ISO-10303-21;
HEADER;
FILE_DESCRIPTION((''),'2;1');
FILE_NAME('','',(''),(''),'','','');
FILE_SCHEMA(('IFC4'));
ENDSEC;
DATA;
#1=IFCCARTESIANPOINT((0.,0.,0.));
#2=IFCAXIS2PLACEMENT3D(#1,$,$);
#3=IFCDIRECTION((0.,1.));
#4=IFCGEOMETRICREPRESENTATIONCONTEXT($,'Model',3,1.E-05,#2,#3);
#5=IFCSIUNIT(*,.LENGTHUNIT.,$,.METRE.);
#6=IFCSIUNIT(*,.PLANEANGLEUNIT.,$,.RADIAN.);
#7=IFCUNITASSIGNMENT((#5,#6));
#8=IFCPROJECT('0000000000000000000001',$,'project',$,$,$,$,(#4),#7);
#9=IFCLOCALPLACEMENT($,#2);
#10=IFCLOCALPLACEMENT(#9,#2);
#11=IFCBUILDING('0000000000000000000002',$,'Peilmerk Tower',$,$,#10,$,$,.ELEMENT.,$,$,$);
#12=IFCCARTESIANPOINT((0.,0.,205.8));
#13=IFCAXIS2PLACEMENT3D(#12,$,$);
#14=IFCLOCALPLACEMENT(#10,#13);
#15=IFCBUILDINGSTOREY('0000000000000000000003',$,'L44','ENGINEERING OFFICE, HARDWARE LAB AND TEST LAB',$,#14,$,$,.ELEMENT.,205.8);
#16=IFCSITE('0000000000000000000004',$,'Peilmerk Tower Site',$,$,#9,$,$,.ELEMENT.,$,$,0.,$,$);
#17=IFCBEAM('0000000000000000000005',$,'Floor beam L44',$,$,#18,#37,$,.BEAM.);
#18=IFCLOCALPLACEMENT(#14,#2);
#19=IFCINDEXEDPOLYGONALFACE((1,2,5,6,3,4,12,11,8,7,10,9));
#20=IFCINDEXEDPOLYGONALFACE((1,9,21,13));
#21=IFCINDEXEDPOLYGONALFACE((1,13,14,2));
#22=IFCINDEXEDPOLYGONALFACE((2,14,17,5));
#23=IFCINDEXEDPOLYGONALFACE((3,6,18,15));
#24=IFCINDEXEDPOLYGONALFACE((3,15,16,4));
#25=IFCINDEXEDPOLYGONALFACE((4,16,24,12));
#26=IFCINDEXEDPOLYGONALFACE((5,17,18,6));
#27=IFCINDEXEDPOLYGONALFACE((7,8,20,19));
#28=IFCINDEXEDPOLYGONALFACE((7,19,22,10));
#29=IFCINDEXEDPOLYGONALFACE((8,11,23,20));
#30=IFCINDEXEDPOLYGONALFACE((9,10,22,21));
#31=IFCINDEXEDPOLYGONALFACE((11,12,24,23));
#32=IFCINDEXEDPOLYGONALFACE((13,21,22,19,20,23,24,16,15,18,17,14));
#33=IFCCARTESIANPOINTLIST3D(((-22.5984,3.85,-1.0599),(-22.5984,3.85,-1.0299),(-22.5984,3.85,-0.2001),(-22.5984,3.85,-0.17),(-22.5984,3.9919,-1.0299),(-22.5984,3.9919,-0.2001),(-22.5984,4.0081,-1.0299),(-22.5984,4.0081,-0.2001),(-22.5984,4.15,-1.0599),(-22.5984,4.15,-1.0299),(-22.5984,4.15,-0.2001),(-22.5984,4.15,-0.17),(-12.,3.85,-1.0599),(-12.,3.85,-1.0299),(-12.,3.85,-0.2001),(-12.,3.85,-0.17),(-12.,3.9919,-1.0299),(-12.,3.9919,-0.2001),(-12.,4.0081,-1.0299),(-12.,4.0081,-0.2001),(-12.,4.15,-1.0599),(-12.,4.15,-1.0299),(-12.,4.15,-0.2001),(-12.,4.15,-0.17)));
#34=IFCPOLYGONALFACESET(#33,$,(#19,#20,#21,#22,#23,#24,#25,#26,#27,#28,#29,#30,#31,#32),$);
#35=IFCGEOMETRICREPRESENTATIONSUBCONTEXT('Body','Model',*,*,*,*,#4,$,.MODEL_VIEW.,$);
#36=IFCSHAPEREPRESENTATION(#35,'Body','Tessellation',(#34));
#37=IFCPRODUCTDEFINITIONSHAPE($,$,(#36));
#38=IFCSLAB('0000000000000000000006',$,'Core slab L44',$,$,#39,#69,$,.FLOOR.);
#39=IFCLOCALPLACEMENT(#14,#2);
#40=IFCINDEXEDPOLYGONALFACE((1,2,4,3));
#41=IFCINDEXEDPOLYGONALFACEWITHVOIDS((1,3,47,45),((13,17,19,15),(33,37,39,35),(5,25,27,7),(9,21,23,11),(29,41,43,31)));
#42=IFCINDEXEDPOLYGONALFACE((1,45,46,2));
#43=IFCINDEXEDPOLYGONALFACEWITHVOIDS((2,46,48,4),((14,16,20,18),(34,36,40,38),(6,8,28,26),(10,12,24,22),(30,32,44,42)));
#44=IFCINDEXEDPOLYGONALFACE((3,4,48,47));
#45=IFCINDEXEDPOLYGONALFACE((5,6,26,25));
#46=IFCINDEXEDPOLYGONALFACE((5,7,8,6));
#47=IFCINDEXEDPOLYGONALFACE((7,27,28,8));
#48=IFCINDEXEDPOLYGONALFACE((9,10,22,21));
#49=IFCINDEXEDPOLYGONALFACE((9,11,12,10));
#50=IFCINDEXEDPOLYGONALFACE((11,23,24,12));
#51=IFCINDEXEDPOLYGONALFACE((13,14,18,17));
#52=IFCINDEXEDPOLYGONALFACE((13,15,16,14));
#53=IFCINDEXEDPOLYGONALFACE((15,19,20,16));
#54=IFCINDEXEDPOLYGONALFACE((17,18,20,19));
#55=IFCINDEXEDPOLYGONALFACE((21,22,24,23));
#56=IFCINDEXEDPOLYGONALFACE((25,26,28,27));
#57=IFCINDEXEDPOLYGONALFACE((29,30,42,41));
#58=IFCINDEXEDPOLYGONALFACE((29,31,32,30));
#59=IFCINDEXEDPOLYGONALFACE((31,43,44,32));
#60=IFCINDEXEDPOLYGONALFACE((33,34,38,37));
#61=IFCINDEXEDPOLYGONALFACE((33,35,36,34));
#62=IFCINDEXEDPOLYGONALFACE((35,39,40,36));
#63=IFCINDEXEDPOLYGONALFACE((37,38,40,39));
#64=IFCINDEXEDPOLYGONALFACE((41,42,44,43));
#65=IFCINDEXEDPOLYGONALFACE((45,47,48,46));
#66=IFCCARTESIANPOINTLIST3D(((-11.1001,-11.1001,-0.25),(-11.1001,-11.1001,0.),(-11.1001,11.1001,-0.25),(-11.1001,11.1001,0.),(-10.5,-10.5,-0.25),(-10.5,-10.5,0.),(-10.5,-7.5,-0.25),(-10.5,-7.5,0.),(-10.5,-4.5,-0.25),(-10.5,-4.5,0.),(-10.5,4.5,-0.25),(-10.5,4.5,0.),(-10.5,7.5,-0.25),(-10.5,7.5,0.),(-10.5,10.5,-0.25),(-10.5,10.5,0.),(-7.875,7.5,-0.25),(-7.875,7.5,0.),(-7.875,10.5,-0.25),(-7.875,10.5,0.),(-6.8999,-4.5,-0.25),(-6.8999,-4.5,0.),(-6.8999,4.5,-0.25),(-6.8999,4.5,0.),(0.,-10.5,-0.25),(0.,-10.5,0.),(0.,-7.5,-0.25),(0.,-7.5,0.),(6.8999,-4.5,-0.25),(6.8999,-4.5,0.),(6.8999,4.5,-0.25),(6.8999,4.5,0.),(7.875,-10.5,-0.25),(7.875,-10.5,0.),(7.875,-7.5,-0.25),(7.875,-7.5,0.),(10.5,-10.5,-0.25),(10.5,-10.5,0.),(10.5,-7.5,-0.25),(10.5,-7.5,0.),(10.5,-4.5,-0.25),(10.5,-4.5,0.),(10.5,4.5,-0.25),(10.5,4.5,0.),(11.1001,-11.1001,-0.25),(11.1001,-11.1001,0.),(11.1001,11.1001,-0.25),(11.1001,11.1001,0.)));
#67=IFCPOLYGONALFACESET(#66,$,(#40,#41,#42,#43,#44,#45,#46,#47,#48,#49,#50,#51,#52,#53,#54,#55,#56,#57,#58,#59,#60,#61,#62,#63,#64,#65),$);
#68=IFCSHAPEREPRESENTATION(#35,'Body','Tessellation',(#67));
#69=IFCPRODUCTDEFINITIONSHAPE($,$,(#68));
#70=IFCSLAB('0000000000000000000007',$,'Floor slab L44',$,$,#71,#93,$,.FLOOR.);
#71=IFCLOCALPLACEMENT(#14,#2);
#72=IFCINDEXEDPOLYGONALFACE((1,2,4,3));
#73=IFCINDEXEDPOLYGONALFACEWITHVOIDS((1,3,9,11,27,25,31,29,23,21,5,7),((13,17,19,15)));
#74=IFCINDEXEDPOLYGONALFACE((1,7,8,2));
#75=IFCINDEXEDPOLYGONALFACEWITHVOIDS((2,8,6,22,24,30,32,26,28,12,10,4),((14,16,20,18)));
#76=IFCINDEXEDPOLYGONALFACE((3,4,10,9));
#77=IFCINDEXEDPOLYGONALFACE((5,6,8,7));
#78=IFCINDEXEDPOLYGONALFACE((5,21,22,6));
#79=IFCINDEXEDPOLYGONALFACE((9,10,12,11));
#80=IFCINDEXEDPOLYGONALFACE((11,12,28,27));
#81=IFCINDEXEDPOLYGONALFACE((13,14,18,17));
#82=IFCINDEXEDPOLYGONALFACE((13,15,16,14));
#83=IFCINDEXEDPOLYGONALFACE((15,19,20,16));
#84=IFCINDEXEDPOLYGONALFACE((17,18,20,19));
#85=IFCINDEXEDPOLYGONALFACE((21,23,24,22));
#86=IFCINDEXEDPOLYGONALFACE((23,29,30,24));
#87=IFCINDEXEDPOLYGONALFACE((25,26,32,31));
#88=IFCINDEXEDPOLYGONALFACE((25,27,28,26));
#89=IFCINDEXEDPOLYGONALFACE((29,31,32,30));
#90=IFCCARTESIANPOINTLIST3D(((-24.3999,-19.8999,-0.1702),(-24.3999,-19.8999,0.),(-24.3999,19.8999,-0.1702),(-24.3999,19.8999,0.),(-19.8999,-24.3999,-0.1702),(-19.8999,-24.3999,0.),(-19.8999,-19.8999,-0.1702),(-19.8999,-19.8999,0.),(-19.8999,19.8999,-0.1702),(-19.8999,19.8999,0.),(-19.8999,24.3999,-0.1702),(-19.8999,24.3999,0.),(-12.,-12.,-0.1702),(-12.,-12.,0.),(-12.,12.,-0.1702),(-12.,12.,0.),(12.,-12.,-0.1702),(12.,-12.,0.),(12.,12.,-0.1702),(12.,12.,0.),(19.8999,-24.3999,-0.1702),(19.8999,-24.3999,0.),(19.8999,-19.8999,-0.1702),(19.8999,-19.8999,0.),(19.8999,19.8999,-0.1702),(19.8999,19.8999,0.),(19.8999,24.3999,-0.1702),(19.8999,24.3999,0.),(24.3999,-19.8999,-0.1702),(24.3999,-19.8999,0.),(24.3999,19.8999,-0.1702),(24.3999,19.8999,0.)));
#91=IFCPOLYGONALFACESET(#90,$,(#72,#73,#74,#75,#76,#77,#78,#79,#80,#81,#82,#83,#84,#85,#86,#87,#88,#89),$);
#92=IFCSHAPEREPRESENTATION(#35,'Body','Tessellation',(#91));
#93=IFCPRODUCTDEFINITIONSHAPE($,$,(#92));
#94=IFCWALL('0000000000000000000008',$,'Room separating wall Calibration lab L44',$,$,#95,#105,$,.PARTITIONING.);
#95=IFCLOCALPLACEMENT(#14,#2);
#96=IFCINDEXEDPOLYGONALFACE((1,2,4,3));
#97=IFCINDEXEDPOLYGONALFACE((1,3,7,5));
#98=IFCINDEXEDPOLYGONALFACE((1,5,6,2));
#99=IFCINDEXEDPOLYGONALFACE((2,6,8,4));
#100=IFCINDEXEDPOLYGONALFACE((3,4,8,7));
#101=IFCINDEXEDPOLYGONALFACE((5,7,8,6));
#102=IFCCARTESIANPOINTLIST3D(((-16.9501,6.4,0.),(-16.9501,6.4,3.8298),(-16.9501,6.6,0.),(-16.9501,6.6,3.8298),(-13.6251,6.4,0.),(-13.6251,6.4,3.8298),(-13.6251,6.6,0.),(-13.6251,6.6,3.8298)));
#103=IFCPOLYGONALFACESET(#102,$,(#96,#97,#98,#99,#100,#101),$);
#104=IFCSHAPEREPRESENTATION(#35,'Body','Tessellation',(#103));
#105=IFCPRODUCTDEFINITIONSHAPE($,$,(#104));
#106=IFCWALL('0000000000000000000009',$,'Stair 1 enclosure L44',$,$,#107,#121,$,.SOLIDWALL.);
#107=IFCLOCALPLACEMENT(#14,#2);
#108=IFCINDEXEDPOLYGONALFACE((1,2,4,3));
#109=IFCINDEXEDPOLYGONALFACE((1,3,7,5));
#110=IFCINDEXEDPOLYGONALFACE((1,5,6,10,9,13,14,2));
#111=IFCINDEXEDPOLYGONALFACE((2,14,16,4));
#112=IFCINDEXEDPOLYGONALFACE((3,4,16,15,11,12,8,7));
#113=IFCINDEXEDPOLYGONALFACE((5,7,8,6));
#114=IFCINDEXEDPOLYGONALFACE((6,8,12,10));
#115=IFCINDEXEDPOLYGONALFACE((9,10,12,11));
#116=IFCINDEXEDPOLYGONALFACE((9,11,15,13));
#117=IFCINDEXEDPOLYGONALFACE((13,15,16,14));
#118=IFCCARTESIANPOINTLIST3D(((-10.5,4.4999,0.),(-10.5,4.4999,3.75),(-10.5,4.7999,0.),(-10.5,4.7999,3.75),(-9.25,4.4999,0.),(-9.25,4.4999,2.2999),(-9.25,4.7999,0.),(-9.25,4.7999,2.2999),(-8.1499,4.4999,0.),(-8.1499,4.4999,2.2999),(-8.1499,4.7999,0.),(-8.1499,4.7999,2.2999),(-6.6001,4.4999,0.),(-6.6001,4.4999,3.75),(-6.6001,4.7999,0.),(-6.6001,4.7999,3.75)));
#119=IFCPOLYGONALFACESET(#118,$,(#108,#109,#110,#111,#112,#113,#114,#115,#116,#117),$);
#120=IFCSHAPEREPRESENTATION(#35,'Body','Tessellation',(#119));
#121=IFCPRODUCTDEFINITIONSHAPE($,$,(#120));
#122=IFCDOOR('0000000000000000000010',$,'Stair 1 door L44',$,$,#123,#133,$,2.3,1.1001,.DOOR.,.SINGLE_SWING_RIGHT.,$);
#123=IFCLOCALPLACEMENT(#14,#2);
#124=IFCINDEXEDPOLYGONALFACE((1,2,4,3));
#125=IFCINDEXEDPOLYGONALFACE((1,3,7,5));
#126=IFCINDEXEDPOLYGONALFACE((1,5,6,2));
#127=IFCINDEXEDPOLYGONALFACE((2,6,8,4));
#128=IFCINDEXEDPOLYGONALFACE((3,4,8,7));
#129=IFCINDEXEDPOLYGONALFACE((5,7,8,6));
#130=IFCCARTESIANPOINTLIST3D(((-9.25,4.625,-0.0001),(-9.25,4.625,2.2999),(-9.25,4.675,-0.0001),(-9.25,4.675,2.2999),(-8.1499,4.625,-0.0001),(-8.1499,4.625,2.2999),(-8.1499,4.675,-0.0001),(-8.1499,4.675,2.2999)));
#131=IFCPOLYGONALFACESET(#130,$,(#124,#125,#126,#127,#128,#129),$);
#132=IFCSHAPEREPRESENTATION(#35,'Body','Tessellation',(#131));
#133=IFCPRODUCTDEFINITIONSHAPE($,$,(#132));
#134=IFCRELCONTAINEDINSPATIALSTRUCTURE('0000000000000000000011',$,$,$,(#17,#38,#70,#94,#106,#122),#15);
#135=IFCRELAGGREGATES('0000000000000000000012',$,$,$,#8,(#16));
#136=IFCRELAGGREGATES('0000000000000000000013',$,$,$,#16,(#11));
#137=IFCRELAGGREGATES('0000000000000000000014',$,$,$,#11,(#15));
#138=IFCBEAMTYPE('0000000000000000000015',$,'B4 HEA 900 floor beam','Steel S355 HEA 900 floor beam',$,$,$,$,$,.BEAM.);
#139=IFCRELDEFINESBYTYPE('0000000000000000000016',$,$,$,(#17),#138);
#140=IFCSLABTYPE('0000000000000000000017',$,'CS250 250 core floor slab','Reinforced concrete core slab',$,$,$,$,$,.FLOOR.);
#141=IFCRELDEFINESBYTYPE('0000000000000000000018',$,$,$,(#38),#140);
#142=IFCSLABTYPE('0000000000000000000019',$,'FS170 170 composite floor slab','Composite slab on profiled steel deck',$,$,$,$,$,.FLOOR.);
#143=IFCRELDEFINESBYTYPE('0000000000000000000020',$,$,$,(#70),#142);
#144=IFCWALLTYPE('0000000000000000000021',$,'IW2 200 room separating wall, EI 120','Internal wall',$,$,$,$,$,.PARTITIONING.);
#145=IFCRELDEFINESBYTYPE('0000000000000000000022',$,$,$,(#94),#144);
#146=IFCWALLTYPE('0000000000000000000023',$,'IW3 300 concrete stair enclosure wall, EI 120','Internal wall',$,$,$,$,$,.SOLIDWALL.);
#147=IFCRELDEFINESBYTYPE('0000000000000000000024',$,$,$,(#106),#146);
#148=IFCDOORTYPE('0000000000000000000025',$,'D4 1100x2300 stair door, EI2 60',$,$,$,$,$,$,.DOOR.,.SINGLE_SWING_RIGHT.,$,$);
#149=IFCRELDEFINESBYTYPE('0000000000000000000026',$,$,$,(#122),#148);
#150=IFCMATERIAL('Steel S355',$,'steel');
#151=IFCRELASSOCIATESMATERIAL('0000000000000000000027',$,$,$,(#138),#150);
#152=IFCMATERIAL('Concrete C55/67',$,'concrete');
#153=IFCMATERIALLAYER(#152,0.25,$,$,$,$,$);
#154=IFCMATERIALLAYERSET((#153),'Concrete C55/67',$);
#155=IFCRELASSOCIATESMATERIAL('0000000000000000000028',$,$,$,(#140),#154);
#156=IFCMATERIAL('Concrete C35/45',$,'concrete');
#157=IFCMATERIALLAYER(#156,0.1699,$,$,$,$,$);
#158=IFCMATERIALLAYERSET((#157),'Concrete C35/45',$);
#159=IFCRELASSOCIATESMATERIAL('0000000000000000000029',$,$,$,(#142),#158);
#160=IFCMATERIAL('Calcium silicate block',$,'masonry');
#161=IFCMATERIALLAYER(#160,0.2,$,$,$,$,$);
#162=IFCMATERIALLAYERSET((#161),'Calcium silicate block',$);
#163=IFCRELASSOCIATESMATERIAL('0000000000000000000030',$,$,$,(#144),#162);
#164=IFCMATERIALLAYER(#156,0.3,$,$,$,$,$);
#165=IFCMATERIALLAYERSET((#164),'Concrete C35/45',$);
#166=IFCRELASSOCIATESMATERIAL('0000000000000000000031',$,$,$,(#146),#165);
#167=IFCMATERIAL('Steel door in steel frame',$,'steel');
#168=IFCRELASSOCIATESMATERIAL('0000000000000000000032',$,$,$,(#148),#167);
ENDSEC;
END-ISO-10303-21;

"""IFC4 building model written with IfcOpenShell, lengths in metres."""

from ifc_helpers import new_model, si_unit, direction, frame, frame_2d, origin, origin_2d, place, context, subcontext, project, spatial, polyline, rectangle, i_section, outline, extrude, material, layer, layer_set, material_profile, profile_set, type_object, element, fill, save


model = new_model("IFC4")

# Units and contexts
model_context = context("Model", 3, precision=1e-05, world=origin(), true_north=direction((0.0, 1.0)))
body_context = subcontext(model_context, "Body", "Model", "MODEL_VIEW")
ifc_project = project(units=[si_unit("LENGTHUNIT", "METRE"), si_unit("PLANEANGLEUNIT", "RADIAN")], contexts=[model_context])

# Site, building, storey
site_placement = place(None, origin())
site = spatial("IfcSite", under=ifc_project, at=site_placement, Name="Peilmerk Tower Site", CompositionType="ELEMENT", RefElevation=0.0)
building_placement = place(site_placement, origin())
building = spatial("IfcBuilding", under=site, at=building_placement, Name="Peilmerk Tower", CompositionType="ELEMENT")
storey_placement = place(building_placement, frame((0.0, 0.0, 205.8)))
storey = spatial("IfcBuildingStorey", under=building, at=storey_placement, Name="L44", Description="ENGINEERING OFFICE, HARDWARE LAB AND TEST LAB", CompositionType="ELEMENT", Elevation=205.8)

# Beam
ifc_material_1 = material(Name="Steel S355", Category="steel")
ifc_material_profile = material_profile(ifc_material_1, i_section(OverallWidth=0.3, OverallDepth=0.8899, WebThickness=0.0161, FlangeThickness=0.03, at=origin_2d()), Name="HEA 900")
ifc_profile_set = profile_set([ifc_material_profile], Name="Steel S355")
beam_type = type_object("IfcBeamType", Name="B4 HEA 900 floor beam", Description="Steel S355 HEA 900 floor beam", PredefinedType="BEAM", material=ifc_profile_set)
beam_placement = place(storey_placement, frame((-12.0, 4.0, -0.615), z_axis=(-1.0, 0.0, 0.0), x_axis=(0.0, -1.0, 0.0)))
element("IfcBeam", 1, at=beam_placement, inside=storey, type_object=beam_type, Name="Floor beam L44", PredefinedType="BEAM", context=body_context, shape_type="SweptSolid", body=[
    extrude(i_section(OverallWidth=0.3, OverallDepth=0.8899, WebThickness=0.0161, FlangeThickness=0.03, at=origin_2d()), origin(), (0.0, 0.0, 1.0), 10.5984),
])

# Slabs
ifc_material_2 = material(Name="Concrete C55/67", Category="concrete")
ifc_layer_1 = layer(ifc_material_2, 0.25)
ifc_layer_set_1 = layer_set([ifc_layer_1], Name="Concrete C55/67")
slab_type_1 = type_object("IfcSlabType", Name="CS250 250 core floor slab", Description="Reinforced concrete core slab", PredefinedType="FLOOR", material=ifc_layer_set_1)
slab_1_placement = place(storey_placement, frame((0.0, 0.0, -0.25)))
element("IfcSlab", 2, at=slab_1_placement, inside=storey, type_object=slab_type_1, Name="Core slab L44", PredefinedType="FLOOR", context=body_context, shape_type="SweptSolid", body=[
    extrude(outline(polyline([(11.1001, -11.1001), (11.1001, 11.1001), (-11.1001, 11.1001), (-11.1001, -11.1001), (11.1001, -11.1001)]), holes=[polyline([(-7.875, 7.5), (-10.5, 7.5), (-10.5, 10.5), (-7.875, 10.5), (-7.875, 7.5)]), polyline([(0.0, -10.5), (-10.5, -10.5), (-10.5, -7.5), (0.0, -7.5), (0.0, -10.5)]), polyline([(7.875, -10.5), (7.875, -7.5), (10.5, -7.5), (10.5, -10.5), (7.875, -10.5)]), polyline([(-10.5, 4.5), (-6.8999, 4.5), (-6.8999, -4.5), (-10.5, -4.5), (-10.5, 4.5)]), polyline([(10.5, 4.5), (10.5, -4.5), (6.8999, -4.5), (6.8999, 4.5), (10.5, 4.5)])]), origin(), (0.0, 0.0, 1.0), 0.25),
])
ifc_material_3 = material(Name="Concrete C35/45", Category="concrete")
ifc_layer_2 = layer(ifc_material_3, 0.1699)
ifc_layer_set_2 = layer_set([ifc_layer_2], Name="Concrete C35/45")
slab_type_2 = type_object("IfcSlabType", Name="FS170 170 composite floor slab", Description="Composite slab on profiled steel deck", PredefinedType="FLOOR", material=ifc_layer_set_2)
slab_2_placement = place(storey_placement, frame((0.0, 0.0, -0.1702)))
element("IfcSlab", 3, at=slab_2_placement, inside=storey, type_object=slab_type_2, Name="Floor slab L44", PredefinedType="FLOOR", context=body_context, shape_type="SweptSolid", body=[
    extrude(outline(polyline([(-19.8999, -24.3999), (19.8999, -24.3999), (19.8999, -19.8999), (24.3999, -19.8999), (24.3999, 19.8999), (19.8999, 19.8999), (19.8999, 24.3999), (-19.8999, 24.3999), (-19.8999, 19.8999), (-24.3999, 19.8999), (-24.3999, -19.8999), (-19.8999, -19.8999), (-19.8999, -24.3999)]), holes=[polyline([(12.0, 12.0), (12.0, -12.0), (-12.0, -12.0), (-12.0, 12.0), (12.0, 12.0)])]), origin(), (0.0, 0.0, 1.0), 0.1702),
])

# Wall
ifc_material_4 = material(Name="Calcium silicate block", Category="masonry")
ifc_layer_3 = layer(ifc_material_4, 0.2)
ifc_layer_set_3 = layer_set([ifc_layer_3], Name="Calcium silicate block")
wall_type_1 = type_object("IfcWallType", Name="IW2 200 room separating wall, EI 120", Description="Internal wall", PredefinedType="PARTITIONING", material=ifc_layer_set_3)
wall_1_placement = place(storey_placement, frame((-13.625, 6.5, 0.0), z_axis=(0.0, 0.0, 1.0), x_axis=(-1.0, 0.0, 0.0)))
element("IfcWall", 4, at=wall_1_placement, inside=storey, type_object=wall_type_1, Name="Room separating wall Calibration lab L44", PredefinedType="PARTITIONING", context=body_context, shape_type="SweptSolid", body=[
    extrude(rectangle(XDim=3.325, YDim=0.2, at=frame_2d((1.6626, 0.0))), origin(), (0.0, 0.0, 1.0), 3.8298),
])

# Wall, opening, door
ifc_layer_4 = layer(ifc_material_3, 0.3)
ifc_layer_set_4 = layer_set([ifc_layer_4], Name="Concrete C35/45")
wall_type_2 = type_object("IfcWallType", Name="IW3 300 concrete stair enclosure wall, EI 120", Description="Internal wall", PredefinedType="SOLIDWALL", material=ifc_layer_set_4)
wall_2_placement = place(storey_placement, frame((-10.5, 4.6499, 0.0), z_axis=(0.0, 0.0, 1.0), x_axis=(1.0, 0.0, 0.0)))
wall_2 = element("IfcWall", 5, at=wall_2_placement, inside=storey, type_object=wall_type_2, Name="Stair 1 enclosure L44", PredefinedType="SOLIDWALL", context=body_context, shape_type="SweptSolid", body=[
    extrude(rectangle(XDim=3.8999, YDim=0.3, at=frame_2d((1.95, 0.0))), origin(), (0.0, 0.0, 1.0), 3.75),
])
opening_1_placement = place(wall_2_placement, frame((1.25, 0.0, 0.0)))
opening_1 = element("IfcOpeningElement", 6, at=opening_1_placement, cuts=wall_2, PredefinedType="OPENING", context=body_context, shape_type="SweptSolid", body=[
    extrude(rectangle(XDim=1.1001, YDim=2.3, at=frame_2d((0.55, 1.1499))), frame((0.0, 0.1599, 0.0), z_axis=(0.0, -1.0, 0.0), x_axis=(1.0, 0.0, 0.0)), (0.0, 0.0, 1.0), 0.3201),
])
ifc_material_5 = material(Name="Steel door in steel frame", Category="steel")
door_type_1 = type_object("IfcDoorType", Name="D4 1100x2300 stair door, EI2 60", OperationType="SINGLE_SWING_RIGHT", PredefinedType="DOOR", material=ifc_material_5)
door_1_placement = place(opening_1_placement, frame((1.1001, 0.0, 0.0), z_axis=(0.0, 0.0, 1.0), x_axis=(-1.0, 0.0, 0.0)))
door_1 = element("IfcDoor", 7, at=door_1_placement, inside=storey, type_object=door_type_1, Name="Stair 1 door L44", OperationType="SINGLE_SWING_RIGHT", OverallHeight=2.3, OverallWidth=1.1001, PredefinedType="DOOR", context=body_context, shape_type="SweptSolid", body=[
    extrude(rectangle(XDim=1.1001, YDim=2.3, at=frame_2d((0.55, 1.1499))), frame((0.0, 0.0249, 0.0), z_axis=(0.0, -1.0, 0.0), x_axis=(1.0, 0.0, 0.0)), (0.0, 0.0, 1.0), 0.05),
])
fill(opening_1, door_1)

save(model, "model.ifc")
